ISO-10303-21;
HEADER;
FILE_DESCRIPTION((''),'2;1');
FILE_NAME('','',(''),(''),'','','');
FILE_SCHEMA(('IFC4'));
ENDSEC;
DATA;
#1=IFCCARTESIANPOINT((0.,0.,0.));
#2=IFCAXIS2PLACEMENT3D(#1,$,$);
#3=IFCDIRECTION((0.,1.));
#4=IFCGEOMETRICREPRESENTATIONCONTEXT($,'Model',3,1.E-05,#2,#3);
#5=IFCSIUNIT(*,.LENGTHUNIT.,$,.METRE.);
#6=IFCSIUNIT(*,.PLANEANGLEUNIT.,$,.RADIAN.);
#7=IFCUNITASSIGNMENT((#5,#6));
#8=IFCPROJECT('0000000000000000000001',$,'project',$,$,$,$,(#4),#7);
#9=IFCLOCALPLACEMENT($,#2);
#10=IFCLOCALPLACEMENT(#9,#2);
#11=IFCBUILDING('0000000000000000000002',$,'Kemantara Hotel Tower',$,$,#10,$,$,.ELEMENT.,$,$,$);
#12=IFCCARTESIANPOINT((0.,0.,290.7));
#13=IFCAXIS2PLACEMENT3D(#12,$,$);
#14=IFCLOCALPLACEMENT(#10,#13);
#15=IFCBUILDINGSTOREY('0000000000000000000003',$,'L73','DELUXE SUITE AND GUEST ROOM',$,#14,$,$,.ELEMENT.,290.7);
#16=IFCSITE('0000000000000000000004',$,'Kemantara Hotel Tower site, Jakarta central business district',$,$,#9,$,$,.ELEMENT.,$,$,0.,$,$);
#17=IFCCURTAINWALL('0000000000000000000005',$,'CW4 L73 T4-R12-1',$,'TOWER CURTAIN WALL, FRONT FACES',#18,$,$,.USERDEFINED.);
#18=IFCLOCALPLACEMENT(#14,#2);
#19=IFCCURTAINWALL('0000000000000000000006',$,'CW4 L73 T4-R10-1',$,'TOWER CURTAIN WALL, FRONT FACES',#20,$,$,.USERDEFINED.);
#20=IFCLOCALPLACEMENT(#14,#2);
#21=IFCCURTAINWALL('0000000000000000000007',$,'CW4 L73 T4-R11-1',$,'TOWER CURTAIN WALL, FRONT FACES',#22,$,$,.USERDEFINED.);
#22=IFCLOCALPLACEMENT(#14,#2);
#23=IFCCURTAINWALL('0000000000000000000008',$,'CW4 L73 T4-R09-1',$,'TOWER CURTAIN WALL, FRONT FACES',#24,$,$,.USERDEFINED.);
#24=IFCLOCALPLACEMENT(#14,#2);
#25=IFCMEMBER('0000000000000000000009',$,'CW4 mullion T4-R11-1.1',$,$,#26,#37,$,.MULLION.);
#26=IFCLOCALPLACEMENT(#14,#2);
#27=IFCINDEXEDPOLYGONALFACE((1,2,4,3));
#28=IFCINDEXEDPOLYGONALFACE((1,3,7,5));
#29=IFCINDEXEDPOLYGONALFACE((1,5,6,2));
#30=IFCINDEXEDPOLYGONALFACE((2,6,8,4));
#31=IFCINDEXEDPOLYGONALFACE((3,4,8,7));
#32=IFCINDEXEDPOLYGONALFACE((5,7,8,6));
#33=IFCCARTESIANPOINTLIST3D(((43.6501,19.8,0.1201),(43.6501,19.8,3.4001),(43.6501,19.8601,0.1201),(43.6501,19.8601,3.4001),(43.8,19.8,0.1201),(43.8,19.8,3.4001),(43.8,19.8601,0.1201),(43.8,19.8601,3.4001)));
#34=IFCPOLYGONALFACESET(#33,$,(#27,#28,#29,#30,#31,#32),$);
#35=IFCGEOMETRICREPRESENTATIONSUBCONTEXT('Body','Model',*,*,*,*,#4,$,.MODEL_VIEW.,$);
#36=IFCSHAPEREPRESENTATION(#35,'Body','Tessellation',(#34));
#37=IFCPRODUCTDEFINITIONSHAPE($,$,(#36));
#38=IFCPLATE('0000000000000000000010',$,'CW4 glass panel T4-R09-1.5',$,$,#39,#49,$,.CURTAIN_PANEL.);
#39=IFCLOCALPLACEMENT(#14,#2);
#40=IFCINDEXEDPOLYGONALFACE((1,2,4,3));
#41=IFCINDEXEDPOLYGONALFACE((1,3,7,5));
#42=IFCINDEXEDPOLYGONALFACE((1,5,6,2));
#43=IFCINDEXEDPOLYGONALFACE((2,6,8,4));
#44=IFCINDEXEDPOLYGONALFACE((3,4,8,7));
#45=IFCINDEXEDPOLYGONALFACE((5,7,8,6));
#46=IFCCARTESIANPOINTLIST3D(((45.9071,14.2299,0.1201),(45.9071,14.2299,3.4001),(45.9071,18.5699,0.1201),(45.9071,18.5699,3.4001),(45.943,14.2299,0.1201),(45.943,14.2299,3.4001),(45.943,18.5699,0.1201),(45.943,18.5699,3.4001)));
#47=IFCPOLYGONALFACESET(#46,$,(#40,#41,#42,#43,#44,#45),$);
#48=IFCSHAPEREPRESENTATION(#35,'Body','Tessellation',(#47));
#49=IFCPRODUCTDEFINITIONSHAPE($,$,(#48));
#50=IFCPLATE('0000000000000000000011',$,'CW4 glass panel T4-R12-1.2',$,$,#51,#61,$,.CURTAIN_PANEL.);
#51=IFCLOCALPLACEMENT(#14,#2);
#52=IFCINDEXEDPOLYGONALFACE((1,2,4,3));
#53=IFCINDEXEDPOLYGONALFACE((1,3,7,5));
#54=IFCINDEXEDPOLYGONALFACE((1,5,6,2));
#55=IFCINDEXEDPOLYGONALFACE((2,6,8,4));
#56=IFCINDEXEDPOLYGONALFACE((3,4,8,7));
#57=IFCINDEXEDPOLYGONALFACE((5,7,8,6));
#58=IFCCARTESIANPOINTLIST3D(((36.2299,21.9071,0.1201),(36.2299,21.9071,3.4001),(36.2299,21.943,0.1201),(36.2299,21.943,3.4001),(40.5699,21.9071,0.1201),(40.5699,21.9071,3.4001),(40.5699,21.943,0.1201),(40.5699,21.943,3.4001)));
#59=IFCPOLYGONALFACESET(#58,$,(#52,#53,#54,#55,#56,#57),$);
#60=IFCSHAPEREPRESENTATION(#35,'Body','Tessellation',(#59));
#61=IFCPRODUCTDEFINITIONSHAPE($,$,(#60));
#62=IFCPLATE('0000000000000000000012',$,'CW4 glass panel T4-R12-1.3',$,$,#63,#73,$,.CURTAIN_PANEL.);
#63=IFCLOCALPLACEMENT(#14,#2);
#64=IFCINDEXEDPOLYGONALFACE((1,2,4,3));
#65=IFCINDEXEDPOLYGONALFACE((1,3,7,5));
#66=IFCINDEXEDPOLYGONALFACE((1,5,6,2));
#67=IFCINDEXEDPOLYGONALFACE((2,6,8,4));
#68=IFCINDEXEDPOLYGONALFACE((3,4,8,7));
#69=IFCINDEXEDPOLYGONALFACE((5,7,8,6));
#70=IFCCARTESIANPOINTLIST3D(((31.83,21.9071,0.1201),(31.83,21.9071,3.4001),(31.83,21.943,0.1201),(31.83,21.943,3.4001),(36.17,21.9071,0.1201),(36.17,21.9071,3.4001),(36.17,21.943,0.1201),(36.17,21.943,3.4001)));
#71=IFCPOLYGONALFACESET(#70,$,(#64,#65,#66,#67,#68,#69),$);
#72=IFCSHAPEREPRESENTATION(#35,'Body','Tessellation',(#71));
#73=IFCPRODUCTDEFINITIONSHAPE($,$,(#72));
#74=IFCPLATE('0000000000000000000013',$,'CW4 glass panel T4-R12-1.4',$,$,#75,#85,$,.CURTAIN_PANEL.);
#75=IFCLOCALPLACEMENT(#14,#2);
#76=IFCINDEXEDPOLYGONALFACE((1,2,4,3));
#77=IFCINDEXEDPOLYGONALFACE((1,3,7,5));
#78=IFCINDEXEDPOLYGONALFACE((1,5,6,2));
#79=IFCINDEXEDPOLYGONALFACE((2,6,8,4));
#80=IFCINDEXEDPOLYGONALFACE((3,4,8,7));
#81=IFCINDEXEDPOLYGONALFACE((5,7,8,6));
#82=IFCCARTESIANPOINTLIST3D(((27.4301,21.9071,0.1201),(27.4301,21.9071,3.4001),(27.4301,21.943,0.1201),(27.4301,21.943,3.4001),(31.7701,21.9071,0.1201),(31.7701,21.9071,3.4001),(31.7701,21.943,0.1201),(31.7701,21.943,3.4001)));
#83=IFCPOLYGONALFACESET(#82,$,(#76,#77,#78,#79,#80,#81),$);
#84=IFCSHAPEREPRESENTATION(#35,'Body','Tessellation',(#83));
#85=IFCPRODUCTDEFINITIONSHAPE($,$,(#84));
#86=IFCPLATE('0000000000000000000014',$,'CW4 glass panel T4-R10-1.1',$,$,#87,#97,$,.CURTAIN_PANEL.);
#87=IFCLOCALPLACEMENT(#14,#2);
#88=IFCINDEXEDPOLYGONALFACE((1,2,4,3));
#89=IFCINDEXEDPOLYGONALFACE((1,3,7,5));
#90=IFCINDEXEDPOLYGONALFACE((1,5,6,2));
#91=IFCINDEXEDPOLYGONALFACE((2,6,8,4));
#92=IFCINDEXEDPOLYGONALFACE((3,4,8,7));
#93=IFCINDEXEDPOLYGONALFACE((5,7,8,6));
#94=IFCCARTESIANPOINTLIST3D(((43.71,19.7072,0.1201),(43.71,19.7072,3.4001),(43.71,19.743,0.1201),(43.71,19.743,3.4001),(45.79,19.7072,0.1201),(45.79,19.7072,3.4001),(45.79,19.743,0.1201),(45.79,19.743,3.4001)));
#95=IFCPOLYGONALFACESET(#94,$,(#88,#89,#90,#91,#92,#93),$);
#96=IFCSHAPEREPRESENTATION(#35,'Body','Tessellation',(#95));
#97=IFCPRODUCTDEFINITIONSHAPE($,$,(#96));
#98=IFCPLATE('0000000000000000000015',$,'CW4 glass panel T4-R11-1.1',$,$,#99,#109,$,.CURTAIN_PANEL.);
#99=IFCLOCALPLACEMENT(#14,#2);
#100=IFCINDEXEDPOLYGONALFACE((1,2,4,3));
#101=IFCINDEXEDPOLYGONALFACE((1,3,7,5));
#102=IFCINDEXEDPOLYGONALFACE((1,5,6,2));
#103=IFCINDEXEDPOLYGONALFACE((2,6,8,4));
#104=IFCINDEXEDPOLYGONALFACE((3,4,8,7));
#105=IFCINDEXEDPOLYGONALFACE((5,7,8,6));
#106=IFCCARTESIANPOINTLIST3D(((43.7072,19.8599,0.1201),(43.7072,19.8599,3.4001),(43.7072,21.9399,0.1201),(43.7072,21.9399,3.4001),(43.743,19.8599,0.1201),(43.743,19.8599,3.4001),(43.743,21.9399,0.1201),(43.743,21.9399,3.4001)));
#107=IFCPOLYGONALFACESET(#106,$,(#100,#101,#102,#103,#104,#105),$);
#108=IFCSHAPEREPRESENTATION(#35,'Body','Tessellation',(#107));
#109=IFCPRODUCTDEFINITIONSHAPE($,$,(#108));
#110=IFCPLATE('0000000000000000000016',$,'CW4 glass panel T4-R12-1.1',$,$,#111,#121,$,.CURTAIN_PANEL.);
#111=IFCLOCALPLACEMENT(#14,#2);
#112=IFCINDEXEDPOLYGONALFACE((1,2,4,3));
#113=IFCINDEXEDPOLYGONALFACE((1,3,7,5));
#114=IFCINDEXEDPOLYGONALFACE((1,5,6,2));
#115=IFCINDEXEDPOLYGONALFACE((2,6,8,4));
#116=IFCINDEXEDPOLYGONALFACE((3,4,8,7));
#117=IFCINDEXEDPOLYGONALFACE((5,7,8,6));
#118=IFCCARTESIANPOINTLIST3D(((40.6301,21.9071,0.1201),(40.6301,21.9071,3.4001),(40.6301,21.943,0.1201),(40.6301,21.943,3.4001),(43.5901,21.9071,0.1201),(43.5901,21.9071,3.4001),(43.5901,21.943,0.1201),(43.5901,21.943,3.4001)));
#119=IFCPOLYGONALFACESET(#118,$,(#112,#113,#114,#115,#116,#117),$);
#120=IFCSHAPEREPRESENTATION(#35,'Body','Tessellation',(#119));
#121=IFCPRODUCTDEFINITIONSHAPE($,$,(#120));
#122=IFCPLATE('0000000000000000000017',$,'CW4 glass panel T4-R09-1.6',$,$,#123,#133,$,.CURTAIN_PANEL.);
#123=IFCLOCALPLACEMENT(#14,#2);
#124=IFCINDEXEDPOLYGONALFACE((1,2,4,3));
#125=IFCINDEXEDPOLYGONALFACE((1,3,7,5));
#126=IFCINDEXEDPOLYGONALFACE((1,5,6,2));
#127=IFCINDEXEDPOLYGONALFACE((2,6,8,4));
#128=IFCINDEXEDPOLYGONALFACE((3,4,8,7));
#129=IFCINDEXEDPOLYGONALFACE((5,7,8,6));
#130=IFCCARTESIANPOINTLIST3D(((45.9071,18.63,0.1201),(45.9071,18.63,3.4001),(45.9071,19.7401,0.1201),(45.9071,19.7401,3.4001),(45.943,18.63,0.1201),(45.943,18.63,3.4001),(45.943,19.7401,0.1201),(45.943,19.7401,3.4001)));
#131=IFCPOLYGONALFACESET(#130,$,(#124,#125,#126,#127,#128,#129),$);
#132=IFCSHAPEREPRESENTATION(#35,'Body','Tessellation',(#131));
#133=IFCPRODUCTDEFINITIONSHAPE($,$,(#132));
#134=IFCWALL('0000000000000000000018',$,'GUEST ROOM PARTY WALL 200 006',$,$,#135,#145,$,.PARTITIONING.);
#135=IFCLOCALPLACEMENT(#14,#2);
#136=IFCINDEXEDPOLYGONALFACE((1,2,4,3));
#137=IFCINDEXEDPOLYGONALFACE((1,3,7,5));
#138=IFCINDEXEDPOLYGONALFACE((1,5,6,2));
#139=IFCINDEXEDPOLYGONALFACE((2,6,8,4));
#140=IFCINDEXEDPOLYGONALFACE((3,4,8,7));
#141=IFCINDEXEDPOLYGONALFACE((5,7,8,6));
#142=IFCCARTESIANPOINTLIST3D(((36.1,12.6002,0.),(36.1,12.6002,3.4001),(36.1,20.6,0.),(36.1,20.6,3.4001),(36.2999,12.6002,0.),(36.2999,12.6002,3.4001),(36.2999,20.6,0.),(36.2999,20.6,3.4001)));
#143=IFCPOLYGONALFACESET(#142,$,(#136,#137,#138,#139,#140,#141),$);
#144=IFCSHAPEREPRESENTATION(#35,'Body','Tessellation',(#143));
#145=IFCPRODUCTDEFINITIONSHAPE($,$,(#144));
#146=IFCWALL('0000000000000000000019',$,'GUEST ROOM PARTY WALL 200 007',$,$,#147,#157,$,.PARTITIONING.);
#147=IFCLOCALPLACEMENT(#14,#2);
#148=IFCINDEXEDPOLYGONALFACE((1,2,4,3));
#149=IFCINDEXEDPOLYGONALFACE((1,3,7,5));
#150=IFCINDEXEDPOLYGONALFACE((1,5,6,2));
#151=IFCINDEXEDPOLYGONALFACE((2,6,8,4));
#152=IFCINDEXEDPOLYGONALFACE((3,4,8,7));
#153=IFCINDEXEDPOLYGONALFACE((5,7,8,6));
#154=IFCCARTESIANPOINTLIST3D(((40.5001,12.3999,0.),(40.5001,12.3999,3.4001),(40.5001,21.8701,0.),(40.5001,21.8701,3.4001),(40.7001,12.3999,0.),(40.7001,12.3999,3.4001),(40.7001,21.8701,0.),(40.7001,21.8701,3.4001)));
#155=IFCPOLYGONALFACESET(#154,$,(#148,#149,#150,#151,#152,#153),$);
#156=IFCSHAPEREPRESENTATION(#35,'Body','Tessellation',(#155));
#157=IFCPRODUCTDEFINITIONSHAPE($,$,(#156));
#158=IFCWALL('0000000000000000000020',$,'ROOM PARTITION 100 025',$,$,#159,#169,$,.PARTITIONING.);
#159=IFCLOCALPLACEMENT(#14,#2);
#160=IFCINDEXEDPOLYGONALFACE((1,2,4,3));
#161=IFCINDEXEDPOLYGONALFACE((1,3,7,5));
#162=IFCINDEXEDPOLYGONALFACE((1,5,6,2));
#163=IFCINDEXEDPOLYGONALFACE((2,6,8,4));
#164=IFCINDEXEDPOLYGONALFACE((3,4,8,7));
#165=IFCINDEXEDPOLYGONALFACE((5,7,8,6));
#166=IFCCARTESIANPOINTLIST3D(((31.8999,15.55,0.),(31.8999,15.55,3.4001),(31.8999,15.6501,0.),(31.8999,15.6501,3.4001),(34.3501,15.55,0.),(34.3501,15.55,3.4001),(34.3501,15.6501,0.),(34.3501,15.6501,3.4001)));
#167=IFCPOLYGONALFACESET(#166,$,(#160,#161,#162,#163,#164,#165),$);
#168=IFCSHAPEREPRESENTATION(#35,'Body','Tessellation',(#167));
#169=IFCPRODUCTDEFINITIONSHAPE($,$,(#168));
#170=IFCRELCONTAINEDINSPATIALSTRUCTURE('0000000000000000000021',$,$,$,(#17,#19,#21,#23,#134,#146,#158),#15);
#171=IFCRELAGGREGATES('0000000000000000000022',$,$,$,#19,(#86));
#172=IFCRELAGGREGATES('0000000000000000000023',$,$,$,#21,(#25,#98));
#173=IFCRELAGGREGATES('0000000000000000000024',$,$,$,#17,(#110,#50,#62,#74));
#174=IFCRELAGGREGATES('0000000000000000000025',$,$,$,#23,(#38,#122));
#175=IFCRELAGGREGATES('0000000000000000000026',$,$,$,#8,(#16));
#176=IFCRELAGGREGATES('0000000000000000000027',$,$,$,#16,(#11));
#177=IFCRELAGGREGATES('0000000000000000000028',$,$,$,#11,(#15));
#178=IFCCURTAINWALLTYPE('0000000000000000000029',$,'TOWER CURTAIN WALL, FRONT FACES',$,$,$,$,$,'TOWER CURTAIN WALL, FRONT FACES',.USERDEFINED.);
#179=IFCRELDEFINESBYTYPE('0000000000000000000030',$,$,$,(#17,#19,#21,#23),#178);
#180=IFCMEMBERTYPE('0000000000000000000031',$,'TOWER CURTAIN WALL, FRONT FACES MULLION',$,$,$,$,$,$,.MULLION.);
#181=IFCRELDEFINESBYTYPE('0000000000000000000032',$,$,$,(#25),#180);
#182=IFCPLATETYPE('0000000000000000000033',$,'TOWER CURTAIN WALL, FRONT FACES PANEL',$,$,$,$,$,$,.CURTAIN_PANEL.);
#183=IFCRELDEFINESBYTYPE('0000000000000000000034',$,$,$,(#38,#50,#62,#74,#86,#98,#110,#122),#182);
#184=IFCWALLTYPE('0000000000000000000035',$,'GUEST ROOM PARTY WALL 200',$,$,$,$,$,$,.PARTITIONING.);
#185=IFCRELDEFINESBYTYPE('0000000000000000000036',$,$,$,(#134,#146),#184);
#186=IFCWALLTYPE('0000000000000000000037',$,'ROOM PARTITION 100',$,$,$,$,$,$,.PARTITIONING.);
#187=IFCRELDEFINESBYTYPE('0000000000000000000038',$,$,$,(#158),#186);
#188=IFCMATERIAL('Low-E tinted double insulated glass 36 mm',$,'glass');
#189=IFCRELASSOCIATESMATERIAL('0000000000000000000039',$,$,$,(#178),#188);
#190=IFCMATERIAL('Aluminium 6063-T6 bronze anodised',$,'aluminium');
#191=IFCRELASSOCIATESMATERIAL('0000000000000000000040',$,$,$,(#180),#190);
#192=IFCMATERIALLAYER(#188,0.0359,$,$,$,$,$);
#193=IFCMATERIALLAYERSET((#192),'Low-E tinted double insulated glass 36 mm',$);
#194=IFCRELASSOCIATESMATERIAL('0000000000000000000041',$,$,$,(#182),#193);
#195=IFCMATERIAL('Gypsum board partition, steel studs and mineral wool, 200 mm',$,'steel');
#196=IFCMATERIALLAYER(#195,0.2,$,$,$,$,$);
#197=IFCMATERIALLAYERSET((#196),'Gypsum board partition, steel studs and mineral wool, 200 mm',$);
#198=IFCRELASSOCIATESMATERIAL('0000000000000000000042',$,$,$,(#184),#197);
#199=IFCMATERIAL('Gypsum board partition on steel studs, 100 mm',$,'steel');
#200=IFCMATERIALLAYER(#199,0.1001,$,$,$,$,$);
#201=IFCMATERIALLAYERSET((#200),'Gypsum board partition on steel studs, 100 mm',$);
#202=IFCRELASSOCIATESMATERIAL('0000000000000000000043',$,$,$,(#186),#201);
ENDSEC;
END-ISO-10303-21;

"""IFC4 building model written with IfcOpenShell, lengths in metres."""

from ifc_helpers import new_model, si_unit, direction, frame, frame_2d, origin, origin_2d, place, context, subcontext, project, spatial, rectangle, extrude, source, transform, mapped, material, layer, layer_set, material_profile, profile_set, type_object, element, aggregate, save


model = new_model("IFC4")

# Units and contexts
model_context = context("Model", 3, precision=1e-05, world=origin(), true_north=direction((0.0, 1.0)))
body_context = subcontext(model_context, "Body", "Model", "MODEL_VIEW")
ifc_project = project(units=[si_unit("LENGTHUNIT", "METRE"), si_unit("PLANEANGLEUNIT", "RADIAN")], contexts=[model_context])

# Site, building, storey
site_placement = place(None, origin())
site = spatial("IfcSite", under=ifc_project, at=site_placement, Name="Kemantara Hotel Tower site, Jakarta central business district", CompositionType="ELEMENT", RefElevation=0.0)
building_placement = place(site_placement, origin())
building = spatial("IfcBuilding", under=site, at=building_placement, Name="Kemantara Hotel Tower", CompositionType="ELEMENT")
storey_placement = place(building_placement, frame((0.0, 0.0, 290.7)))
storey = spatial("IfcBuildingStorey", under=building, at=storey_placement, Name="L73", Description="DELUXE SUITE AND GUEST ROOM", CompositionType="ELEMENT", Elevation=290.7)

# Curtain walls
ifc_material_1 = material(Name="Low-E tinted double insulated glass 36 mm", Category="glass")
curtain_wall_type = type_object("IfcCurtainWallType", Name="TOWER CURTAIN WALL, FRONT FACES", ElementType="TOWER CURTAIN WALL, FRONT FACES", PredefinedType="USERDEFINED", material=ifc_material_1)
curtain_wall_1_placement = place(storey_placement, origin())
curtain_wall_1 = element("IfcCurtainWall", 1, at=curtain_wall_1_placement, inside=storey, type_object=curtain_wall_type, Name="CW4 L73 T4-R12-1", ObjectType="TOWER CURTAIN WALL, FRONT FACES", PredefinedType="USERDEFINED")
ifc_material_2 = material(Name="Aluminium 6063-T6 bronze anodised", Category="aluminium")
curtain_wall_2_placement = place(storey_placement, origin())
curtain_wall_2 = element("IfcCurtainWall", 2, at=curtain_wall_2_placement, inside=storey, type_object=curtain_wall_type, Name="CW4 L73 T4-R10-1", ObjectType="TOWER CURTAIN WALL, FRONT FACES", PredefinedType="USERDEFINED")
curtain_wall_3_placement = place(storey_placement, origin())
curtain_wall_3 = element("IfcCurtainWall", 3, at=curtain_wall_3_placement, inside=storey, type_object=curtain_wall_type, Name="CW4 L73 T4-R11-1", ObjectType="TOWER CURTAIN WALL, FRONT FACES", PredefinedType="USERDEFINED")

# Curtain wall
curtain_wall_4_placement = place(storey_placement, origin())
curtain_wall_4 = element("IfcCurtainWall", 4, at=curtain_wall_4_placement, inside=storey, type_object=curtain_wall_type, Name="CW4 L73 T4-R09-1", ObjectType="TOWER CURTAIN WALL, FRONT FACES", PredefinedType="USERDEFINED")
ifc_material_profile_1 = material_profile(ifc_material_2, rectangle(XDim=0.1499, YDim=0.0601, at=origin_2d()), Name="TOWER CURTAIN WALL, FRONT FACES MULLION")
ifc_profile_set_1 = profile_set([ifc_material_profile_1], Name="Aluminium 6063-T6 bronze anodised")
member_type_1 = type_object("IfcMemberType", Name="TOWER CURTAIN WALL, FRONT FACES MULLION", PredefinedType="MULLION", material=ifc_profile_set_1)
shared_shape_1 = source(origin(), body_context, "Body", "SweptSolid", [
    extrude(rectangle(XDim=0.1499, YDim=0.0601, at=origin_2d()), origin(), (0.0, 0.0, 1.0), 3.28),
])

# Member
member_1_placement = place(storey_placement, frame((43.7251, 19.8301, 0.1201), z_axis=(0.0, 0.0, 1.0), x_axis=(-1.0, 0.0, 0.0)))
member_1 = element("IfcMember", 5, at=member_1_placement, type_object=member_type_1, Name="CW4 mullion T4-R11-1.1", PredefinedType="MULLION", context=body_context, shape_type="MappedRepresentation", body=[
    mapped(shared_shape_1, transform((0.0, 0.0, 0.0))),
])

# Plates
ifc_layer_1 = layer(ifc_material_1, 0.0359)
ifc_layer_set_1 = layer_set([ifc_layer_1], Name="Low-E tinted double insulated glass 36 mm")
plate_type = type_object("IfcPlateType", Name="TOWER CURTAIN WALL, FRONT FACES PANEL", PredefinedType="CURTAIN_PANEL", material=ifc_layer_set_1)
shared_shape_2 = source(origin(), body_context, "Body", "SweptSolid", [
    extrude(rectangle(XDim=4.3401, YDim=0.0359, at=origin_2d()), origin(), (0.0, 0.0, 1.0), 3.28),
])
plate_1_placement = place(storey_placement, frame((45.925, 16.3999, 0.1201), z_axis=(0.0, 0.0, 1.0), x_axis=(0.0, 1.0, 0.0)))
plate_1 = element("IfcPlate", 6, at=plate_1_placement, type_object=plate_type, Name="CW4 glass panel T4-R09-1.5", PredefinedType="CURTAIN_PANEL", context=body_context, shape_type="MappedRepresentation", body=[
    mapped(shared_shape_2, transform((0.0, 0.0, 0.0))),
])
plate_2_placement = place(storey_placement, frame((38.3999, 21.925, 0.1201), z_axis=(0.0, 0.0, 1.0), x_axis=(-1.0, 0.0, 0.0)))
plate_2 = element("IfcPlate", 7, at=plate_2_placement, type_object=plate_type, Name="CW4 glass panel T4-R12-1.2", PredefinedType="CURTAIN_PANEL", context=body_context, shape_type="MappedRepresentation", body=[
    mapped(shared_shape_2, transform((0.0, 0.0, 0.0))),
])
plate_3_placement = place(storey_placement, frame((34.0, 21.925, 0.1201), z_axis=(0.0, 0.0, 1.0), x_axis=(-1.0, 0.0, 0.0)))
plate_3 = element("IfcPlate", 8, at=plate_3_placement, type_object=plate_type, Name="CW4 glass panel T4-R12-1.3", PredefinedType="CURTAIN_PANEL", context=body_context, shape_type="MappedRepresentation", body=[
    mapped(shared_shape_2, transform((0.0, 0.0, 0.0))),
])
plate_4_placement = place(storey_placement, frame((29.6001, 21.925, 0.1201), z_axis=(0.0, 0.0, 1.0), x_axis=(-1.0, 0.0, 0.0)))
plate_4 = element("IfcPlate", 9, at=plate_4_placement, type_object=plate_type, Name="CW4 glass panel T4-R12-1.4", PredefinedType="CURTAIN_PANEL", context=body_context, shape_type="MappedRepresentation", body=[
    mapped(shared_shape_2, transform((0.0, 0.0, 0.0))),
])
shared_shape_3 = source(origin(), body_context, "Body", "SweptSolid", [
    extrude(rectangle(XDim=2.0801, YDim=0.0359, at=origin_2d()), origin(), (0.0, 0.0, 1.0), 3.28),
])
plate_5_placement = place(storey_placement, frame((44.75, 19.7251, 0.1201), z_axis=(0.0, 0.0, 1.0), x_axis=(-1.0, 0.0, 0.0)))
plate_5 = element("IfcPlate", 10, at=plate_5_placement, type_object=plate_type, Name="CW4 glass panel T4-R10-1.1", PredefinedType="CURTAIN_PANEL", context=body_context, shape_type="MappedRepresentation", body=[
    mapped(shared_shape_3, transform((0.0, 0.0, 0.0))),
])
aggregate(curtain_wall_2, [plate_5])
plate_6_placement = place(storey_placement, frame((43.7251, 20.8999, 0.1201), z_axis=(0.0, 0.0, 1.0), x_axis=(0.0, 1.0, 0.0)))
plate_6 = element("IfcPlate", 11, at=plate_6_placement, type_object=plate_type, Name="CW4 glass panel T4-R11-1.1", PredefinedType="CURTAIN_PANEL", context=body_context, shape_type="MappedRepresentation", body=[
    mapped(shared_shape_3, transform((0.0, 0.0, 0.0))),
])
aggregate(curtain_wall_3, [member_1, plate_6])
shared_shape_4 = source(origin(), body_context, "Body", "SweptSolid", [
    extrude(rectangle(XDim=2.96, YDim=0.0359, at=origin_2d()), origin(), (0.0, 0.0, 1.0), 3.28),
])
plate_7_placement = place(storey_placement, frame((42.1101, 21.925, 0.1201), z_axis=(0.0, 0.0, 1.0), x_axis=(-1.0, 0.0, 0.0)))
plate_7 = element("IfcPlate", 12, at=plate_7_placement, type_object=plate_type, Name="CW4 glass panel T4-R12-1.1", PredefinedType="CURTAIN_PANEL", context=body_context, shape_type="MappedRepresentation", body=[
    mapped(shared_shape_4, transform((0.0, 0.0, 0.0))),
])
aggregate(curtain_wall_1, [plate_7, plate_2, plate_3, plate_4])
shared_shape_5 = source(origin(), body_context, "Body", "SweptSolid", [
    extrude(rectangle(XDim=1.1101, YDim=0.0359, at=origin_2d()), origin(), (0.0, 0.0, 1.0), 3.28),
])
plate_8_placement = place(storey_placement, frame((45.925, 19.1851, 0.1201), z_axis=(0.0, 0.0, 1.0), x_axis=(0.0, 1.0, 0.0)))
plate_8 = element("IfcPlate", 13, at=plate_8_placement, type_object=plate_type, Name="CW4 glass panel T4-R09-1.6", PredefinedType="CURTAIN_PANEL", context=body_context, shape_type="MappedRepresentation", body=[
    mapped(shared_shape_5, transform((0.0, 0.0, 0.0))),
])
aggregate(curtain_wall_4, [plate_1, plate_8])

# Walls
ifc_material_3 = material(Name="Gypsum board partition, steel studs and mineral wool, 200 mm", Category="steel")
ifc_layer_2 = layer(ifc_material_3, 0.2)
ifc_layer_set_2 = layer_set([ifc_layer_2], Name="Gypsum board partition, steel studs and mineral wool, 200 mm")
wall_type_1 = type_object("IfcWallType", Name="GUEST ROOM PARTY WALL 200", PredefinedType="PARTITIONING", material=ifc_layer_set_2)
wall_1_placement = place(storey_placement, frame((36.2, 12.6001, 0.0), z_axis=(0.0, 0.0, 1.0), x_axis=(0.0, 1.0, 0.0)))
element("IfcWall", 14, at=wall_1_placement, inside=storey, type_object=wall_type_1, Name="GUEST ROOM PARTY WALL 200 006", PredefinedType="PARTITIONING", context=body_context, shape_type="SweptSolid", body=[
    extrude(rectangle(XDim=7.9998, YDim=0.2, at=frame_2d((4.0, 0.0))), origin(), (0.0, 0.0, 1.0), 3.4001),
])
wall_2_placement = place(storey_placement, frame((40.6001, 12.3999, 0.0), z_axis=(0.0, 0.0, 1.0), x_axis=(0.0, 1.0, 0.0)))
element("IfcWall", 15, at=wall_2_placement, inside=storey, type_object=wall_type_1, Name="GUEST ROOM PARTY WALL 200 007", PredefinedType="PARTITIONING", context=body_context, shape_type="SweptSolid", body=[
    extrude(rectangle(XDim=9.4702, YDim=0.2, at=frame_2d((4.7351, 0.0))), origin(), (0.0, 0.0, 1.0), 3.4001),
])
ifc_material_4 = material(Name="Gypsum board partition on steel studs, 100 mm", Category="steel")
ifc_layer_3 = layer(ifc_material_4, 0.1001)
ifc_layer_set_3 = layer_set([ifc_layer_3], Name="Gypsum board partition on steel studs, 100 mm")
wall_type_2 = type_object("IfcWallType", Name="ROOM PARTITION 100", PredefinedType="PARTITIONING", material=ifc_layer_set_3)
wall_3_placement = place(storey_placement, frame((31.8999, 15.6001, 0.0), z_axis=(0.0, 0.0, 1.0), x_axis=(1.0, 0.0, 0.0)))
element("IfcWall", 16, at=wall_3_placement, inside=storey, type_object=wall_type_2, Name="ROOM PARTITION 100 025", PredefinedType="PARTITIONING", context=body_context, shape_type="SweptSolid", body=[
    extrude(rectangle(XDim=2.4502, YDim=0.1001, at=frame_2d((1.2251, 0.0))), origin(), (0.0, 0.0, 1.0), 3.4001),
])

save(model, "model.ifc")
